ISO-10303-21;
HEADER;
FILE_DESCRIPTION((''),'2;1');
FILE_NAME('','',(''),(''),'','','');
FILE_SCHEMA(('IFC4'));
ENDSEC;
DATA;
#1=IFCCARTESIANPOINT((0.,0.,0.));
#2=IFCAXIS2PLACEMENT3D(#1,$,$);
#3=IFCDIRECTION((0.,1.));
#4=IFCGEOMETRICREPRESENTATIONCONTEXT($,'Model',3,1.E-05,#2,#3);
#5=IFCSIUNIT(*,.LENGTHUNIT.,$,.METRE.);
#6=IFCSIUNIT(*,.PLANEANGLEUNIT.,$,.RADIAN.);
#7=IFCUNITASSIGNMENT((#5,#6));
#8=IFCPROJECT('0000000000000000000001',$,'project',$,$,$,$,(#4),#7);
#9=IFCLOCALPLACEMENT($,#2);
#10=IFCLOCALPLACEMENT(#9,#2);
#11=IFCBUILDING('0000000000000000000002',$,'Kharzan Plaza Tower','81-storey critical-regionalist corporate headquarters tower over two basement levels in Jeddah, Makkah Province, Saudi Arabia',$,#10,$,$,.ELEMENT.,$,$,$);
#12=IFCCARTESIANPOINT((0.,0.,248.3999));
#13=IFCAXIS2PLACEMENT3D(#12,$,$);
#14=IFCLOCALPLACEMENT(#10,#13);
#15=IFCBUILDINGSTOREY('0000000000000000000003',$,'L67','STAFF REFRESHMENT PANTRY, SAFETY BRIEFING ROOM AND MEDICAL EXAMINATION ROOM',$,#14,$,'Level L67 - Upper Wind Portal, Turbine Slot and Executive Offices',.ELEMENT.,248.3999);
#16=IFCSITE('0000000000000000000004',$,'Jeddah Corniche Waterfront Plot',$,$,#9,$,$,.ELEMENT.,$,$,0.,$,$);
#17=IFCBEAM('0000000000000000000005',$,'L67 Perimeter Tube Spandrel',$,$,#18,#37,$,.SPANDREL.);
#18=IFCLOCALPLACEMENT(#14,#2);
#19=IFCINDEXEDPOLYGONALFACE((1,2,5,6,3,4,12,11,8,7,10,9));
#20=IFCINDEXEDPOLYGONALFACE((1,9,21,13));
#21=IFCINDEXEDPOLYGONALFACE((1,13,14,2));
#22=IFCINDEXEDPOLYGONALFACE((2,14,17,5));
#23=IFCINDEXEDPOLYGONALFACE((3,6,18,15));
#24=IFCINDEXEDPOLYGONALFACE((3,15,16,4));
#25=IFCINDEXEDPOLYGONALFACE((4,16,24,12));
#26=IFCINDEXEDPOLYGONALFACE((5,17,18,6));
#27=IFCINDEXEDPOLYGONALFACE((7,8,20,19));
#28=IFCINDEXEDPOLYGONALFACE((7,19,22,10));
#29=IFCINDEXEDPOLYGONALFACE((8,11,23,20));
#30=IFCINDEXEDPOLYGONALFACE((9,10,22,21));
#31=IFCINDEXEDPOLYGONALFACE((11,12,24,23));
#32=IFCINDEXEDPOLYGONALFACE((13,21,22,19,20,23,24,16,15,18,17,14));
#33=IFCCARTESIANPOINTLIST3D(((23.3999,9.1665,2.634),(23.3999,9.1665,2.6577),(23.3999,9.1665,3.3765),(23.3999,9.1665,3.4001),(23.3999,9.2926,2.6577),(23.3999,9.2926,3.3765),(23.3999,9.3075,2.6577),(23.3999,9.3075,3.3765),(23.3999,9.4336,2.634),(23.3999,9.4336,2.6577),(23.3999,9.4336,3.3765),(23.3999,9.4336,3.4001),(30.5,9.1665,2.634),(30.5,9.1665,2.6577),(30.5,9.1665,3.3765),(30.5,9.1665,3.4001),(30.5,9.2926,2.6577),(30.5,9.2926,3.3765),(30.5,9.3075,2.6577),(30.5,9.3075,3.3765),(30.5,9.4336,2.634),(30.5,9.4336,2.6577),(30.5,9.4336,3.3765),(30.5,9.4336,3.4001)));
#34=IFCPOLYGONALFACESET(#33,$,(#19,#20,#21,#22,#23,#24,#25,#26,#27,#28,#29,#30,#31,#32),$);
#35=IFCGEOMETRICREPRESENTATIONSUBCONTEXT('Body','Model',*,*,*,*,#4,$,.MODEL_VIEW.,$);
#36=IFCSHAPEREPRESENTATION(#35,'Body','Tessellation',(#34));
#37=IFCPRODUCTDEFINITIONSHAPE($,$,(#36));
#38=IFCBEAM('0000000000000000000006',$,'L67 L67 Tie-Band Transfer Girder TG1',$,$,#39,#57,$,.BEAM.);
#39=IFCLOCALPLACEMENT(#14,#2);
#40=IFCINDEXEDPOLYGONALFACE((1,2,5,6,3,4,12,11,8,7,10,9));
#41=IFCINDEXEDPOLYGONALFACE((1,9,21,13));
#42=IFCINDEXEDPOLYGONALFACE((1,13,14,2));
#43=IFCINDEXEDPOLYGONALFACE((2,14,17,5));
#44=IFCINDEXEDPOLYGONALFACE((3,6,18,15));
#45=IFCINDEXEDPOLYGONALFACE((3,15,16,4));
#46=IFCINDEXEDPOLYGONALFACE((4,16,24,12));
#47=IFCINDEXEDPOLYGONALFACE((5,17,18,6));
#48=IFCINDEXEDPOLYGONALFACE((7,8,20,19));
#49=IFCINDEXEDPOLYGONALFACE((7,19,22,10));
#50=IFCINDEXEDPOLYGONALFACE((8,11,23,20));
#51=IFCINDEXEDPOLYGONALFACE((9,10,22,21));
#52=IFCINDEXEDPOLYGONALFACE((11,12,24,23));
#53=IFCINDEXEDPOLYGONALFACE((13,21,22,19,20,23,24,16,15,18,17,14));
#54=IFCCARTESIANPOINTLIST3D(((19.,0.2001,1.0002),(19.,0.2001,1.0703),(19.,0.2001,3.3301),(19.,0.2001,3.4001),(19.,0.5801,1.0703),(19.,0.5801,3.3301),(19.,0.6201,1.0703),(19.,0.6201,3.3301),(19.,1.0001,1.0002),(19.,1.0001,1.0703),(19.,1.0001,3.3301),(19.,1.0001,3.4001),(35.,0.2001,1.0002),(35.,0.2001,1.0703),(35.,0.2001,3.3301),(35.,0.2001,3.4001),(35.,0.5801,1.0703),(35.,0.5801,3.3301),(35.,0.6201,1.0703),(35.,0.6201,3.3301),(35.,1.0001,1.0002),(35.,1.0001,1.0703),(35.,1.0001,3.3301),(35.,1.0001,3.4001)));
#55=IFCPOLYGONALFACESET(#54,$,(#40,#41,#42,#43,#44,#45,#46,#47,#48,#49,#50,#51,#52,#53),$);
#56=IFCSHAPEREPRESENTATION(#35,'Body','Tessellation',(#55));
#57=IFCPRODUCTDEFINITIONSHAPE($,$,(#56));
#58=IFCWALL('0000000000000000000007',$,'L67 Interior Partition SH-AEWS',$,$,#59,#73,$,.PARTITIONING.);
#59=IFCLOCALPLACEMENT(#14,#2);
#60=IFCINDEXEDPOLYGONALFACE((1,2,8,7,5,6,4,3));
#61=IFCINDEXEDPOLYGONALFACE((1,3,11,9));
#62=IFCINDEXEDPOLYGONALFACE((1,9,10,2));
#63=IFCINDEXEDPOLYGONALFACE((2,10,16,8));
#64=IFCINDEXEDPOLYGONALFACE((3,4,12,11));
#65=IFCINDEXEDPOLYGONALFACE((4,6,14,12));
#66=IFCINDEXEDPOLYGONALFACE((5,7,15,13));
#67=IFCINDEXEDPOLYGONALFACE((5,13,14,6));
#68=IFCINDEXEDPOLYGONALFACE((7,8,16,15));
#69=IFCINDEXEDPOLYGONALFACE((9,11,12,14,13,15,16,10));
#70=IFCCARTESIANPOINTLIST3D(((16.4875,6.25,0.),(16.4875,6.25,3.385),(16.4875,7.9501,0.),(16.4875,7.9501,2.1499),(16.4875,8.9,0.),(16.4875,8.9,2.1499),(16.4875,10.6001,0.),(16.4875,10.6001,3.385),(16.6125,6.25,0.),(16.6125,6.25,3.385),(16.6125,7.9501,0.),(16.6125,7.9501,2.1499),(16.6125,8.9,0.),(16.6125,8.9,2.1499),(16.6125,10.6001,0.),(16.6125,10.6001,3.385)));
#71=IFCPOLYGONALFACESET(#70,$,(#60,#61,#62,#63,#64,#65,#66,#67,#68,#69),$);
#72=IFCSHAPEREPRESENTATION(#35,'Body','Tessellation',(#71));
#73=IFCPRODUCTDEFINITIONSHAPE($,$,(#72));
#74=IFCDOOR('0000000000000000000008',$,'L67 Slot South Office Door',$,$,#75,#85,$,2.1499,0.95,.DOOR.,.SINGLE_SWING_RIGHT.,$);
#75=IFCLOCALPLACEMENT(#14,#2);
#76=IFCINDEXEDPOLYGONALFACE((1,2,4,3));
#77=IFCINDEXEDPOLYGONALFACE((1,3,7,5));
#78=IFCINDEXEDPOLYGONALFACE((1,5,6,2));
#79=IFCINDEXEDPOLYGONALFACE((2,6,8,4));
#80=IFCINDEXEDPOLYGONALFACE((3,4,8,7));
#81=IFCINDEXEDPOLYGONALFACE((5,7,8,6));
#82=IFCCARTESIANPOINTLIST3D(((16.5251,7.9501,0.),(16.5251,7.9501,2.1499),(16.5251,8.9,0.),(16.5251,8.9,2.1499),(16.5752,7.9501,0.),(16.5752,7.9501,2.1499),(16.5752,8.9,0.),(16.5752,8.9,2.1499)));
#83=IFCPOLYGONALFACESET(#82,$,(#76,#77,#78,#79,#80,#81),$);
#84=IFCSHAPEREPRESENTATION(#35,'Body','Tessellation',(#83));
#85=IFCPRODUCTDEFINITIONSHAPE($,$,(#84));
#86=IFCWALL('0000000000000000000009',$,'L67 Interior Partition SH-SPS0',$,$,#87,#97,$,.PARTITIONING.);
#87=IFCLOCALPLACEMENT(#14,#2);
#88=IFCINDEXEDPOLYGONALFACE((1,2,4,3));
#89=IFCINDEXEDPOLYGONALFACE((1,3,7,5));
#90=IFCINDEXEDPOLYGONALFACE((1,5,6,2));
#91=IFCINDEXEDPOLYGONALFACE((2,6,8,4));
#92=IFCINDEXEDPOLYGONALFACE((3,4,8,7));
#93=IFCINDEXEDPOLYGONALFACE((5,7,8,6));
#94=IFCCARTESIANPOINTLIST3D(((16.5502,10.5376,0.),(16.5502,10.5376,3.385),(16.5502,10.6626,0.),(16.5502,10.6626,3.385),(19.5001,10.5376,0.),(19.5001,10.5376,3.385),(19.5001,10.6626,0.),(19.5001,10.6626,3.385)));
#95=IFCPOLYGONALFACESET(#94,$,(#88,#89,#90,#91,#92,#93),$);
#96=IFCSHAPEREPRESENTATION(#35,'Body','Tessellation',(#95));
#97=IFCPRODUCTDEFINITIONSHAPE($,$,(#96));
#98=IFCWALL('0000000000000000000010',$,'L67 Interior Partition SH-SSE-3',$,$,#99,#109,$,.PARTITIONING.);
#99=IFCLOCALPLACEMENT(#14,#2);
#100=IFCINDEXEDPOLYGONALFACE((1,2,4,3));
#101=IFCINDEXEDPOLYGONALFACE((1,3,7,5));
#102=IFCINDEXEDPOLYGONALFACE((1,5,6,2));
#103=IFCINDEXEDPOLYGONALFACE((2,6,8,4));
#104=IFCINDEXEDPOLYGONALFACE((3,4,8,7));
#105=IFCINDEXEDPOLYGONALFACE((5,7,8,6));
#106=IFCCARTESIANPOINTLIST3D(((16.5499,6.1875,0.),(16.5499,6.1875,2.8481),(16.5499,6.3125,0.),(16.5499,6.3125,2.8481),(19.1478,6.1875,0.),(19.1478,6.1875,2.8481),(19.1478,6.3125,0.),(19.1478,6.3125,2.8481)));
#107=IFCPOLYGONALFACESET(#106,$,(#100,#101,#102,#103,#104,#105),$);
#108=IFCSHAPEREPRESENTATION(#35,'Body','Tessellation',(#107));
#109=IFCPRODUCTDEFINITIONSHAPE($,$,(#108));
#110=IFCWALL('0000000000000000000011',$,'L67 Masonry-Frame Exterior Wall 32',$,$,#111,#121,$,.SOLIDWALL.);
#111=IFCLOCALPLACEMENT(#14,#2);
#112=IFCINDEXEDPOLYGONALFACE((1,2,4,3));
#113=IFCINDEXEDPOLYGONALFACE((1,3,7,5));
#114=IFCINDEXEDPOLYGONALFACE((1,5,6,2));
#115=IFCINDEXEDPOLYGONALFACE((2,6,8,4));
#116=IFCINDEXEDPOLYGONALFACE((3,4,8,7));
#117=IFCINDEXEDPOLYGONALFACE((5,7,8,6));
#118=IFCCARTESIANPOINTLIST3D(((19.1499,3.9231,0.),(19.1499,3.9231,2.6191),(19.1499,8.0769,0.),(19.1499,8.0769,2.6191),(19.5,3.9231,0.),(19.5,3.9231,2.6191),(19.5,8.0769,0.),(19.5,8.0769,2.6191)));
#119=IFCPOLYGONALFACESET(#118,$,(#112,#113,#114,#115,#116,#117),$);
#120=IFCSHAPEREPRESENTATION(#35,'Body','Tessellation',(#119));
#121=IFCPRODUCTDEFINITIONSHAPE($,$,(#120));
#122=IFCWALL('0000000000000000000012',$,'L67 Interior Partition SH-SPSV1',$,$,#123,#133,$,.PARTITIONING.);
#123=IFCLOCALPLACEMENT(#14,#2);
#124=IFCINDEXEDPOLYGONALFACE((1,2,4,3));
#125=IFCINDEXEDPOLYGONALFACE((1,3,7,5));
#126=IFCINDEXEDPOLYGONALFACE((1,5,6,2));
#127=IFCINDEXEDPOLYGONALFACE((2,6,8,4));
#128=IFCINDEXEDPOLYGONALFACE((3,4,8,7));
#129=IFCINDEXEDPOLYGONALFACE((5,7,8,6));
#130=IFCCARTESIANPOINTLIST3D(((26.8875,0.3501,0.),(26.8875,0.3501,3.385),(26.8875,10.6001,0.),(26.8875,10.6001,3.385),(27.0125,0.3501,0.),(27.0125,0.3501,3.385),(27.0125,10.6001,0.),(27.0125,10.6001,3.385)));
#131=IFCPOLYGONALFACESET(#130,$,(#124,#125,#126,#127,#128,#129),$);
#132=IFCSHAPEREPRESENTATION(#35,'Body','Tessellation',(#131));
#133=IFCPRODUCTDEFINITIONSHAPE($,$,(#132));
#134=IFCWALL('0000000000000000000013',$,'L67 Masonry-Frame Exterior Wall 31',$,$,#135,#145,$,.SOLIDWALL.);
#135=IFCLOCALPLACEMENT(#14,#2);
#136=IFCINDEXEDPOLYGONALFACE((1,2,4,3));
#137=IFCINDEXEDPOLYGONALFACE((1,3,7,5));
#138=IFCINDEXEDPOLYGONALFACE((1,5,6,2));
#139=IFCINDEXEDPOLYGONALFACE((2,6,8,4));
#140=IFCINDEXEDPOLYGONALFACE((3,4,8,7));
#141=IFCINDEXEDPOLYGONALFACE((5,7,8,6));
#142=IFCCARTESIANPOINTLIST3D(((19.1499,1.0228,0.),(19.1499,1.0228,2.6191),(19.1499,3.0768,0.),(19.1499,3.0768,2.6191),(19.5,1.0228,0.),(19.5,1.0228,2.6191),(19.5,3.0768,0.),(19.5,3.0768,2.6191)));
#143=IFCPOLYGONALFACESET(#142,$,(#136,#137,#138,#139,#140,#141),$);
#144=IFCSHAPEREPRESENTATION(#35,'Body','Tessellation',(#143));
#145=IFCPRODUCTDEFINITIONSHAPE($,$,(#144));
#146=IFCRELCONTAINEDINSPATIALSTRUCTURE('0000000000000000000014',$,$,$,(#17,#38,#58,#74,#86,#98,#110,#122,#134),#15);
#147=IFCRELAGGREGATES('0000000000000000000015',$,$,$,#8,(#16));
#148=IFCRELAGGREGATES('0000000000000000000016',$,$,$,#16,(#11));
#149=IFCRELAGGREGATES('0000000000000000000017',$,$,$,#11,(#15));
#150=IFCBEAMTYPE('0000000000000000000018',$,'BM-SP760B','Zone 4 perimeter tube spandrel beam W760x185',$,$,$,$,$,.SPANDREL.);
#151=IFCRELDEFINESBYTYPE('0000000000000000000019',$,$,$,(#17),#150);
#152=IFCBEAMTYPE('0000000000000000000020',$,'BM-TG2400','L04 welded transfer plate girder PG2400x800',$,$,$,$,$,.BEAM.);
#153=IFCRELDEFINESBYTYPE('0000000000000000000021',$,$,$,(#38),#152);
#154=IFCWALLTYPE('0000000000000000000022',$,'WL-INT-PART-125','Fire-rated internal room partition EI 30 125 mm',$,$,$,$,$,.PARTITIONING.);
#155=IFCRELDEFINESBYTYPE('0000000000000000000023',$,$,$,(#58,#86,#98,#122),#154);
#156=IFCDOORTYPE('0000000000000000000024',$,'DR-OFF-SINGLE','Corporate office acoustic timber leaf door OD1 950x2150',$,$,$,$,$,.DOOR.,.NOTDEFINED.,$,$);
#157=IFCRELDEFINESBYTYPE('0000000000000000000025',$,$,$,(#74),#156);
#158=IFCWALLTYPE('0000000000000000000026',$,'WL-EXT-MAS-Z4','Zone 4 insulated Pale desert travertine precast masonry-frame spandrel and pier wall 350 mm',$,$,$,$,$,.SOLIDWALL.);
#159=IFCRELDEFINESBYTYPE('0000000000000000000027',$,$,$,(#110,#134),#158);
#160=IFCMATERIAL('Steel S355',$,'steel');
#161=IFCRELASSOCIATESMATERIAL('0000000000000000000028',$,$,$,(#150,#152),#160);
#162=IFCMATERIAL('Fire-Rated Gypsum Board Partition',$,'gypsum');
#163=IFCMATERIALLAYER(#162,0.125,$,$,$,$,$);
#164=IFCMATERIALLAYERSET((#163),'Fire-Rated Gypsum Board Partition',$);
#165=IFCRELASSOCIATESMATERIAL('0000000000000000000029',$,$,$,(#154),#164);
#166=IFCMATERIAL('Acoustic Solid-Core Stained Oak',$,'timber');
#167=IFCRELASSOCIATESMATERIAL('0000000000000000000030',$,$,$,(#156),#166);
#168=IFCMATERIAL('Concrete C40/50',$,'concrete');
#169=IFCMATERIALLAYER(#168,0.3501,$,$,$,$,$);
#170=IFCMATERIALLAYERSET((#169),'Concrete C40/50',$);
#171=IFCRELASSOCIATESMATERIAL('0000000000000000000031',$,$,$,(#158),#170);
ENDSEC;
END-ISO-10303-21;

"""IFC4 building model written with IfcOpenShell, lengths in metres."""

from ifc_helpers import new_model, si_unit, direction, frame, frame_2d, origin, origin_2d, place, context, subcontext, project, spatial, rectangle, i_section, extrude, source, transform, mapped, material, layer, layer_set, material_profile, profile_set, type_object, element, fill, save


model = new_model("IFC4")

# Units and contexts
model_context = context("Model", 3, precision=1e-05, world=origin(), true_north=direction((0.0, 1.0)))
body_context = subcontext(model_context, "Body", "Model", "MODEL_VIEW")
ifc_project = project(units=[si_unit("LENGTHUNIT", "METRE"), si_unit("PLANEANGLEUNIT", "RADIAN")], contexts=[model_context])

# Site, building, storey
site_placement = place(None, origin())
site = spatial("IfcSite", under=ifc_project, at=site_placement, Name="Jeddah Corniche Waterfront Plot", CompositionType="ELEMENT", RefElevation=0.0)
building_placement = place(site_placement, origin())
building = spatial("IfcBuilding", under=site, at=building_placement, Name="Kharzan Plaza Tower", Description="81-storey critical-regionalist corporate headquarters tower over two basement levels in Jeddah, Makkah Province, Saudi Arabia", CompositionType="ELEMENT")
storey_placement = place(building_placement, frame((0.0, 0.0, 248.3999)))
storey = spatial("IfcBuildingStorey", under=building, at=storey_placement, Name="L67", Description="STAFF REFRESHMENT PANTRY, SAFETY BRIEFING ROOM AND MEDICAL EXAMINATION ROOM", LongName="Level L67 - Upper Wind Portal, Turbine Slot and Executive Offices", CompositionType="ELEMENT", Elevation=248.3999)

# Beams
ifc_material_1 = material(Name="Steel S355", Category="steel")
ifc_material_profile_1 = material_profile(ifc_material_1, i_section(OverallWidth=0.2671, OverallDepth=0.7661, WebThickness=0.0149, FlangeThickness=0.0237, at=origin_2d()), Name="W760x185")
ifc_profile_set_1 = profile_set([ifc_material_profile_1], Name="Steel S355")
beam_type_1 = type_object("IfcBeamType", Name="BM-SP760B", Description="Zone 4 perimeter tube spandrel beam W760x185", PredefinedType="SPANDREL", material=ifc_profile_set_1)
shared_shape_1 = source(origin(), body_context, "Body", "SweptSolid", [
    extrude(i_section(OverallWidth=0.2671, OverallDepth=0.7661, WebThickness=0.0149, FlangeThickness=0.0237, at=origin_2d()), origin(), (0.0, 0.0, 1.0), 7.1001),
])
beam_1_placement = place(storey_placement, frame((23.3999, 9.3, 3.0171), z_axis=(1.0, 0.0, 0.0), x_axis=(0.0, 1.0, 0.0)))
element("IfcBeam", 1, at=beam_1_placement, inside=storey, type_object=beam_type_1, Name="L67 Perimeter Tube Spandrel", PredefinedType="SPANDREL", context=body_context, shape_type="MappedRepresentation", body=[
    mapped(shared_shape_1, transform((0.0, 0.0, 0.0), x_axis=(1.0, 0.0, 0.0), y_axis=(0.0, 1.0, 0.0), z_axis=(0.0, 0.0, 1.0))),
])
ifc_material_profile_2 = material_profile(ifc_material_1, i_section(OverallWidth=0.8, OverallDepth=2.3999, WebThickness=0.04, FlangeThickness=0.0701, at=origin_2d()), Name="PG2400x800")
ifc_profile_set_2 = profile_set([ifc_material_profile_2], Name="Steel S355")
beam_type_2 = type_object("IfcBeamType", Name="BM-TG2400", Description="L04 welded transfer plate girder PG2400x800", PredefinedType="BEAM", material=ifc_profile_set_2)
shared_shape_2 = source(origin(), body_context, "Body", "SweptSolid", [
    extrude(i_section(OverallWidth=0.8, OverallDepth=2.3999, WebThickness=0.04, FlangeThickness=0.0701, at=origin_2d()), origin(), (0.0, 0.0, 1.0), 16.0),
])
beam_2_placement = place(storey_placement, frame((19.0, 0.6001, 2.2002), z_axis=(1.0, 0.0, 0.0), x_axis=(0.0, 1.0, 0.0)))
element("IfcBeam", 2, at=beam_2_placement, inside=storey, type_object=beam_type_2, Name="L67 L67 Tie-Band Transfer Girder TG1", PredefinedType="BEAM", context=body_context, shape_type="MappedRepresentation", body=[
    mapped(shared_shape_2, transform((0.0, 0.0, 0.0), x_axis=(1.0, 0.0, 0.0), y_axis=(0.0, 1.0, 0.0), z_axis=(0.0, 0.0, 1.0))),
])

# Wall, opening, door
ifc_material_2 = material(Name="Fire-Rated Gypsum Board Partition", Category="gypsum")
ifc_layer_1 = layer(ifc_material_2, 0.125)
ifc_layer_set_1 = layer_set([ifc_layer_1], Name="Fire-Rated Gypsum Board Partition")
wall_type_1 = type_object("IfcWallType", Name="WL-INT-PART-125", Description="Fire-rated internal room partition EI 30 125 mm", PredefinedType="PARTITIONING", material=ifc_layer_set_1)
wall_1_placement = place(storey_placement, frame((16.55, 6.25, 0.0), z_axis=(0.0, 0.0, 1.0), x_axis=(0.0, 1.0, 0.0)))
wall_1 = element("IfcWall", 3, at=wall_1_placement, inside=storey, type_object=wall_type_1, Name="L67 Interior Partition SH-AEWS", PredefinedType="PARTITIONING", context=body_context, shape_type="SweptSolid", body=[
    extrude(rectangle(XDim=4.3501, YDim=0.125, at=frame_2d((2.175, 0.0))), origin(), (0.0, 0.0, 1.0), 3.385),
])
opening_placement = place(wall_1_placement, frame((1.7, 0.0, 0.0)))
opening = element("IfcOpeningElement", 4, at=opening_placement, cuts=wall_1, PredefinedType="OPENING", context=body_context, shape_type="SweptSolid", body=[
    extrude(rectangle(XDim=0.95, YDim=2.1499, at=frame_2d((0.4751, 1.075))), frame((0.0, 0.0725, 0.0), z_axis=(0.0, -1.0, 0.0), x_axis=(1.0, 0.0, 0.0)), (0.0, 0.0, 1.0), 0.145),
])
ifc_material_3 = material(Name="Acoustic Solid-Core Stained Oak", Category="timber")
door_type = type_object("IfcDoorType", Name="DR-OFF-SINGLE", Description="Corporate office acoustic timber leaf door OD1 950x2150", OperationType="NOTDEFINED", PredefinedType="DOOR", material=ifc_material_3)
shared_shape_3 = source(origin(), body_context, "Body", "SweptSolid", [
    extrude(rectangle(XDim=0.95, YDim=2.1499, at=frame_2d((0.4751, 1.075))), frame((0.0, 0.0249, 0.0), z_axis=(0.0, -1.0, 0.0), x_axis=(1.0, 0.0, 0.0)), (0.0, 0.0, 1.0), 0.05),
])
door_placement = place(opening_placement, origin())
door = element("IfcDoor", 5, at=door_placement, inside=storey, type_object=door_type, Name="L67 Slot South Office Door", OperationType="SINGLE_SWING_RIGHT", OverallHeight=2.1499, OverallWidth=0.95, PredefinedType="DOOR", context=body_context, shape_type="MappedRepresentation", body=[
    mapped(shared_shape_3, transform((0.0, 0.0, 0.0), x_axis=(1.0, 0.0, 0.0), y_axis=(0.0, 1.0, 0.0), z_axis=(0.0, 0.0, 1.0))),
])
fill(opening, door)

# Walls
shared_shape_4 = source(origin(), body_context, "Body", "SweptSolid", [
    extrude(rectangle(XDim=2.95, YDim=0.125, at=frame_2d((1.4751, 0.0))), origin(), (0.0, 0.0, 1.0), 3.385),
])
wall_2_placement = place(storey_placement, frame((16.55, 10.6001, 0.0), z_axis=(0.0, 0.0, 1.0), x_axis=(1.0, 0.0, 0.0)))
element("IfcWall", 6, at=wall_2_placement, inside=storey, type_object=wall_type_1, Name="L67 Interior Partition SH-SPS0", PredefinedType="PARTITIONING", context=body_context, shape_type="MappedRepresentation", body=[
    mapped(shared_shape_4, transform((0.0, 0.0, 0.0), x_axis=(1.0, 0.0, 0.0), y_axis=(0.0, 1.0, 0.0), z_axis=(0.0, 0.0, 1.0))),
])
shared_shape_5 = source(origin(), body_context, "Body", "SweptSolid", [
    extrude(rectangle(XDim=2.5979, YDim=0.125, at=frame_2d((1.2988, 0.0))), origin(), (0.0, 0.0, 1.0), 2.8481),
])
wall_3_placement = place(storey_placement, frame((16.55, 6.25, 0.0), z_axis=(0.0, 0.0, 1.0), x_axis=(1.0, 0.0, 0.0)))
element("IfcWall", 7, at=wall_3_placement, inside=storey, type_object=wall_type_1, Name="L67 Interior Partition SH-SSE-3", PredefinedType="PARTITIONING", context=body_context, shape_type="MappedRepresentation", body=[
    mapped(shared_shape_5, transform((0.0, 0.0, 0.0), x_axis=(1.0, 0.0, 0.0), y_axis=(0.0, 1.0, 0.0), z_axis=(0.0, 0.0, 1.0))),
])
ifc_material_4 = material(Name="Concrete C40/50", Category="concrete")
ifc_layer_2 = layer(ifc_material_4, 0.3501)
ifc_layer_set_2 = layer_set([ifc_layer_2], Name="Concrete C40/50")
wall_type_2 = type_object("IfcWallType", Name="WL-EXT-MAS-Z4", Description="Zone 4 insulated Pale desert travertine precast masonry-frame spandrel and pier wall 350 mm", PredefinedType="SOLIDWALL", material=ifc_layer_set_2)
shared_shape_6 = source(origin(), body_context, "Body", "SweptSolid", [
    extrude(rectangle(XDim=4.1538, YDim=0.3501, at=frame_2d((2.0769, 0.0))), origin(), (0.0, 0.0, 1.0), 2.6191),
])
wall_4_placement = place(storey_placement, frame((19.325, 3.9231, 0.0), z_axis=(0.0, 0.0, 1.0), x_axis=(0.0, 1.0, 0.0)))
element("IfcWall", 8, at=wall_4_placement, inside=storey, type_object=wall_type_2, Name="L67 Masonry-Frame Exterior Wall 32", PredefinedType="SOLIDWALL", context=body_context, shape_type="MappedRepresentation", body=[
    mapped(shared_shape_6, transform((0.0, 0.0, 0.0), x_axis=(1.0, 0.0, 0.0), y_axis=(0.0, 1.0, 0.0), z_axis=(0.0, 0.0, 1.0))),
])
shared_shape_7 = source(origin(), body_context, "Body", "SweptSolid", [
    extrude(rectangle(XDim=10.25, YDim=0.125, at=frame_2d((5.125, 0.0))), origin(), (0.0, 0.0, 1.0), 3.385),
])
wall_5_placement = place(storey_placement, frame((26.95, 0.3501, 0.0), z_axis=(0.0, 0.0, 1.0), x_axis=(0.0, 1.0, 0.0)))
element("IfcWall", 9, at=wall_5_placement, inside=storey, type_object=wall_type_1, Name="L67 Interior Partition SH-SPSV1", PredefinedType="PARTITIONING", context=body_context, shape_type="MappedRepresentation", body=[
    mapped(shared_shape_7, transform((0.0, 0.0, 0.0), x_axis=(1.0, 0.0, 0.0), y_axis=(0.0, 1.0, 0.0), z_axis=(0.0, 0.0, 1.0))),
])
shared_shape_8 = source(origin(), body_context, "Body", "SweptSolid", [
    extrude(rectangle(XDim=2.054, YDim=0.3501, at=frame_2d((1.0269, 0.0))), origin(), (0.0, 0.0, 1.0), 2.6191),
])
wall_6_placement = place(storey_placement, frame((19.325, 1.0229, 0.0), z_axis=(0.0, 0.0, 1.0), x_axis=(0.0, 1.0, 0.0)))
element("IfcWall", 10, at=wall_6_placement, inside=storey, type_object=wall_type_2, Name="L67 Masonry-Frame Exterior Wall 31", PredefinedType="SOLIDWALL", context=body_context, shape_type="MappedRepresentation", body=[
    mapped(shared_shape_8, transform((0.0, 0.0, 0.0), x_axis=(1.0, 0.0, 0.0), y_axis=(0.0, 1.0, 0.0), z_axis=(0.0, 0.0, 1.0))),
])

save(model, "model.ifc")
